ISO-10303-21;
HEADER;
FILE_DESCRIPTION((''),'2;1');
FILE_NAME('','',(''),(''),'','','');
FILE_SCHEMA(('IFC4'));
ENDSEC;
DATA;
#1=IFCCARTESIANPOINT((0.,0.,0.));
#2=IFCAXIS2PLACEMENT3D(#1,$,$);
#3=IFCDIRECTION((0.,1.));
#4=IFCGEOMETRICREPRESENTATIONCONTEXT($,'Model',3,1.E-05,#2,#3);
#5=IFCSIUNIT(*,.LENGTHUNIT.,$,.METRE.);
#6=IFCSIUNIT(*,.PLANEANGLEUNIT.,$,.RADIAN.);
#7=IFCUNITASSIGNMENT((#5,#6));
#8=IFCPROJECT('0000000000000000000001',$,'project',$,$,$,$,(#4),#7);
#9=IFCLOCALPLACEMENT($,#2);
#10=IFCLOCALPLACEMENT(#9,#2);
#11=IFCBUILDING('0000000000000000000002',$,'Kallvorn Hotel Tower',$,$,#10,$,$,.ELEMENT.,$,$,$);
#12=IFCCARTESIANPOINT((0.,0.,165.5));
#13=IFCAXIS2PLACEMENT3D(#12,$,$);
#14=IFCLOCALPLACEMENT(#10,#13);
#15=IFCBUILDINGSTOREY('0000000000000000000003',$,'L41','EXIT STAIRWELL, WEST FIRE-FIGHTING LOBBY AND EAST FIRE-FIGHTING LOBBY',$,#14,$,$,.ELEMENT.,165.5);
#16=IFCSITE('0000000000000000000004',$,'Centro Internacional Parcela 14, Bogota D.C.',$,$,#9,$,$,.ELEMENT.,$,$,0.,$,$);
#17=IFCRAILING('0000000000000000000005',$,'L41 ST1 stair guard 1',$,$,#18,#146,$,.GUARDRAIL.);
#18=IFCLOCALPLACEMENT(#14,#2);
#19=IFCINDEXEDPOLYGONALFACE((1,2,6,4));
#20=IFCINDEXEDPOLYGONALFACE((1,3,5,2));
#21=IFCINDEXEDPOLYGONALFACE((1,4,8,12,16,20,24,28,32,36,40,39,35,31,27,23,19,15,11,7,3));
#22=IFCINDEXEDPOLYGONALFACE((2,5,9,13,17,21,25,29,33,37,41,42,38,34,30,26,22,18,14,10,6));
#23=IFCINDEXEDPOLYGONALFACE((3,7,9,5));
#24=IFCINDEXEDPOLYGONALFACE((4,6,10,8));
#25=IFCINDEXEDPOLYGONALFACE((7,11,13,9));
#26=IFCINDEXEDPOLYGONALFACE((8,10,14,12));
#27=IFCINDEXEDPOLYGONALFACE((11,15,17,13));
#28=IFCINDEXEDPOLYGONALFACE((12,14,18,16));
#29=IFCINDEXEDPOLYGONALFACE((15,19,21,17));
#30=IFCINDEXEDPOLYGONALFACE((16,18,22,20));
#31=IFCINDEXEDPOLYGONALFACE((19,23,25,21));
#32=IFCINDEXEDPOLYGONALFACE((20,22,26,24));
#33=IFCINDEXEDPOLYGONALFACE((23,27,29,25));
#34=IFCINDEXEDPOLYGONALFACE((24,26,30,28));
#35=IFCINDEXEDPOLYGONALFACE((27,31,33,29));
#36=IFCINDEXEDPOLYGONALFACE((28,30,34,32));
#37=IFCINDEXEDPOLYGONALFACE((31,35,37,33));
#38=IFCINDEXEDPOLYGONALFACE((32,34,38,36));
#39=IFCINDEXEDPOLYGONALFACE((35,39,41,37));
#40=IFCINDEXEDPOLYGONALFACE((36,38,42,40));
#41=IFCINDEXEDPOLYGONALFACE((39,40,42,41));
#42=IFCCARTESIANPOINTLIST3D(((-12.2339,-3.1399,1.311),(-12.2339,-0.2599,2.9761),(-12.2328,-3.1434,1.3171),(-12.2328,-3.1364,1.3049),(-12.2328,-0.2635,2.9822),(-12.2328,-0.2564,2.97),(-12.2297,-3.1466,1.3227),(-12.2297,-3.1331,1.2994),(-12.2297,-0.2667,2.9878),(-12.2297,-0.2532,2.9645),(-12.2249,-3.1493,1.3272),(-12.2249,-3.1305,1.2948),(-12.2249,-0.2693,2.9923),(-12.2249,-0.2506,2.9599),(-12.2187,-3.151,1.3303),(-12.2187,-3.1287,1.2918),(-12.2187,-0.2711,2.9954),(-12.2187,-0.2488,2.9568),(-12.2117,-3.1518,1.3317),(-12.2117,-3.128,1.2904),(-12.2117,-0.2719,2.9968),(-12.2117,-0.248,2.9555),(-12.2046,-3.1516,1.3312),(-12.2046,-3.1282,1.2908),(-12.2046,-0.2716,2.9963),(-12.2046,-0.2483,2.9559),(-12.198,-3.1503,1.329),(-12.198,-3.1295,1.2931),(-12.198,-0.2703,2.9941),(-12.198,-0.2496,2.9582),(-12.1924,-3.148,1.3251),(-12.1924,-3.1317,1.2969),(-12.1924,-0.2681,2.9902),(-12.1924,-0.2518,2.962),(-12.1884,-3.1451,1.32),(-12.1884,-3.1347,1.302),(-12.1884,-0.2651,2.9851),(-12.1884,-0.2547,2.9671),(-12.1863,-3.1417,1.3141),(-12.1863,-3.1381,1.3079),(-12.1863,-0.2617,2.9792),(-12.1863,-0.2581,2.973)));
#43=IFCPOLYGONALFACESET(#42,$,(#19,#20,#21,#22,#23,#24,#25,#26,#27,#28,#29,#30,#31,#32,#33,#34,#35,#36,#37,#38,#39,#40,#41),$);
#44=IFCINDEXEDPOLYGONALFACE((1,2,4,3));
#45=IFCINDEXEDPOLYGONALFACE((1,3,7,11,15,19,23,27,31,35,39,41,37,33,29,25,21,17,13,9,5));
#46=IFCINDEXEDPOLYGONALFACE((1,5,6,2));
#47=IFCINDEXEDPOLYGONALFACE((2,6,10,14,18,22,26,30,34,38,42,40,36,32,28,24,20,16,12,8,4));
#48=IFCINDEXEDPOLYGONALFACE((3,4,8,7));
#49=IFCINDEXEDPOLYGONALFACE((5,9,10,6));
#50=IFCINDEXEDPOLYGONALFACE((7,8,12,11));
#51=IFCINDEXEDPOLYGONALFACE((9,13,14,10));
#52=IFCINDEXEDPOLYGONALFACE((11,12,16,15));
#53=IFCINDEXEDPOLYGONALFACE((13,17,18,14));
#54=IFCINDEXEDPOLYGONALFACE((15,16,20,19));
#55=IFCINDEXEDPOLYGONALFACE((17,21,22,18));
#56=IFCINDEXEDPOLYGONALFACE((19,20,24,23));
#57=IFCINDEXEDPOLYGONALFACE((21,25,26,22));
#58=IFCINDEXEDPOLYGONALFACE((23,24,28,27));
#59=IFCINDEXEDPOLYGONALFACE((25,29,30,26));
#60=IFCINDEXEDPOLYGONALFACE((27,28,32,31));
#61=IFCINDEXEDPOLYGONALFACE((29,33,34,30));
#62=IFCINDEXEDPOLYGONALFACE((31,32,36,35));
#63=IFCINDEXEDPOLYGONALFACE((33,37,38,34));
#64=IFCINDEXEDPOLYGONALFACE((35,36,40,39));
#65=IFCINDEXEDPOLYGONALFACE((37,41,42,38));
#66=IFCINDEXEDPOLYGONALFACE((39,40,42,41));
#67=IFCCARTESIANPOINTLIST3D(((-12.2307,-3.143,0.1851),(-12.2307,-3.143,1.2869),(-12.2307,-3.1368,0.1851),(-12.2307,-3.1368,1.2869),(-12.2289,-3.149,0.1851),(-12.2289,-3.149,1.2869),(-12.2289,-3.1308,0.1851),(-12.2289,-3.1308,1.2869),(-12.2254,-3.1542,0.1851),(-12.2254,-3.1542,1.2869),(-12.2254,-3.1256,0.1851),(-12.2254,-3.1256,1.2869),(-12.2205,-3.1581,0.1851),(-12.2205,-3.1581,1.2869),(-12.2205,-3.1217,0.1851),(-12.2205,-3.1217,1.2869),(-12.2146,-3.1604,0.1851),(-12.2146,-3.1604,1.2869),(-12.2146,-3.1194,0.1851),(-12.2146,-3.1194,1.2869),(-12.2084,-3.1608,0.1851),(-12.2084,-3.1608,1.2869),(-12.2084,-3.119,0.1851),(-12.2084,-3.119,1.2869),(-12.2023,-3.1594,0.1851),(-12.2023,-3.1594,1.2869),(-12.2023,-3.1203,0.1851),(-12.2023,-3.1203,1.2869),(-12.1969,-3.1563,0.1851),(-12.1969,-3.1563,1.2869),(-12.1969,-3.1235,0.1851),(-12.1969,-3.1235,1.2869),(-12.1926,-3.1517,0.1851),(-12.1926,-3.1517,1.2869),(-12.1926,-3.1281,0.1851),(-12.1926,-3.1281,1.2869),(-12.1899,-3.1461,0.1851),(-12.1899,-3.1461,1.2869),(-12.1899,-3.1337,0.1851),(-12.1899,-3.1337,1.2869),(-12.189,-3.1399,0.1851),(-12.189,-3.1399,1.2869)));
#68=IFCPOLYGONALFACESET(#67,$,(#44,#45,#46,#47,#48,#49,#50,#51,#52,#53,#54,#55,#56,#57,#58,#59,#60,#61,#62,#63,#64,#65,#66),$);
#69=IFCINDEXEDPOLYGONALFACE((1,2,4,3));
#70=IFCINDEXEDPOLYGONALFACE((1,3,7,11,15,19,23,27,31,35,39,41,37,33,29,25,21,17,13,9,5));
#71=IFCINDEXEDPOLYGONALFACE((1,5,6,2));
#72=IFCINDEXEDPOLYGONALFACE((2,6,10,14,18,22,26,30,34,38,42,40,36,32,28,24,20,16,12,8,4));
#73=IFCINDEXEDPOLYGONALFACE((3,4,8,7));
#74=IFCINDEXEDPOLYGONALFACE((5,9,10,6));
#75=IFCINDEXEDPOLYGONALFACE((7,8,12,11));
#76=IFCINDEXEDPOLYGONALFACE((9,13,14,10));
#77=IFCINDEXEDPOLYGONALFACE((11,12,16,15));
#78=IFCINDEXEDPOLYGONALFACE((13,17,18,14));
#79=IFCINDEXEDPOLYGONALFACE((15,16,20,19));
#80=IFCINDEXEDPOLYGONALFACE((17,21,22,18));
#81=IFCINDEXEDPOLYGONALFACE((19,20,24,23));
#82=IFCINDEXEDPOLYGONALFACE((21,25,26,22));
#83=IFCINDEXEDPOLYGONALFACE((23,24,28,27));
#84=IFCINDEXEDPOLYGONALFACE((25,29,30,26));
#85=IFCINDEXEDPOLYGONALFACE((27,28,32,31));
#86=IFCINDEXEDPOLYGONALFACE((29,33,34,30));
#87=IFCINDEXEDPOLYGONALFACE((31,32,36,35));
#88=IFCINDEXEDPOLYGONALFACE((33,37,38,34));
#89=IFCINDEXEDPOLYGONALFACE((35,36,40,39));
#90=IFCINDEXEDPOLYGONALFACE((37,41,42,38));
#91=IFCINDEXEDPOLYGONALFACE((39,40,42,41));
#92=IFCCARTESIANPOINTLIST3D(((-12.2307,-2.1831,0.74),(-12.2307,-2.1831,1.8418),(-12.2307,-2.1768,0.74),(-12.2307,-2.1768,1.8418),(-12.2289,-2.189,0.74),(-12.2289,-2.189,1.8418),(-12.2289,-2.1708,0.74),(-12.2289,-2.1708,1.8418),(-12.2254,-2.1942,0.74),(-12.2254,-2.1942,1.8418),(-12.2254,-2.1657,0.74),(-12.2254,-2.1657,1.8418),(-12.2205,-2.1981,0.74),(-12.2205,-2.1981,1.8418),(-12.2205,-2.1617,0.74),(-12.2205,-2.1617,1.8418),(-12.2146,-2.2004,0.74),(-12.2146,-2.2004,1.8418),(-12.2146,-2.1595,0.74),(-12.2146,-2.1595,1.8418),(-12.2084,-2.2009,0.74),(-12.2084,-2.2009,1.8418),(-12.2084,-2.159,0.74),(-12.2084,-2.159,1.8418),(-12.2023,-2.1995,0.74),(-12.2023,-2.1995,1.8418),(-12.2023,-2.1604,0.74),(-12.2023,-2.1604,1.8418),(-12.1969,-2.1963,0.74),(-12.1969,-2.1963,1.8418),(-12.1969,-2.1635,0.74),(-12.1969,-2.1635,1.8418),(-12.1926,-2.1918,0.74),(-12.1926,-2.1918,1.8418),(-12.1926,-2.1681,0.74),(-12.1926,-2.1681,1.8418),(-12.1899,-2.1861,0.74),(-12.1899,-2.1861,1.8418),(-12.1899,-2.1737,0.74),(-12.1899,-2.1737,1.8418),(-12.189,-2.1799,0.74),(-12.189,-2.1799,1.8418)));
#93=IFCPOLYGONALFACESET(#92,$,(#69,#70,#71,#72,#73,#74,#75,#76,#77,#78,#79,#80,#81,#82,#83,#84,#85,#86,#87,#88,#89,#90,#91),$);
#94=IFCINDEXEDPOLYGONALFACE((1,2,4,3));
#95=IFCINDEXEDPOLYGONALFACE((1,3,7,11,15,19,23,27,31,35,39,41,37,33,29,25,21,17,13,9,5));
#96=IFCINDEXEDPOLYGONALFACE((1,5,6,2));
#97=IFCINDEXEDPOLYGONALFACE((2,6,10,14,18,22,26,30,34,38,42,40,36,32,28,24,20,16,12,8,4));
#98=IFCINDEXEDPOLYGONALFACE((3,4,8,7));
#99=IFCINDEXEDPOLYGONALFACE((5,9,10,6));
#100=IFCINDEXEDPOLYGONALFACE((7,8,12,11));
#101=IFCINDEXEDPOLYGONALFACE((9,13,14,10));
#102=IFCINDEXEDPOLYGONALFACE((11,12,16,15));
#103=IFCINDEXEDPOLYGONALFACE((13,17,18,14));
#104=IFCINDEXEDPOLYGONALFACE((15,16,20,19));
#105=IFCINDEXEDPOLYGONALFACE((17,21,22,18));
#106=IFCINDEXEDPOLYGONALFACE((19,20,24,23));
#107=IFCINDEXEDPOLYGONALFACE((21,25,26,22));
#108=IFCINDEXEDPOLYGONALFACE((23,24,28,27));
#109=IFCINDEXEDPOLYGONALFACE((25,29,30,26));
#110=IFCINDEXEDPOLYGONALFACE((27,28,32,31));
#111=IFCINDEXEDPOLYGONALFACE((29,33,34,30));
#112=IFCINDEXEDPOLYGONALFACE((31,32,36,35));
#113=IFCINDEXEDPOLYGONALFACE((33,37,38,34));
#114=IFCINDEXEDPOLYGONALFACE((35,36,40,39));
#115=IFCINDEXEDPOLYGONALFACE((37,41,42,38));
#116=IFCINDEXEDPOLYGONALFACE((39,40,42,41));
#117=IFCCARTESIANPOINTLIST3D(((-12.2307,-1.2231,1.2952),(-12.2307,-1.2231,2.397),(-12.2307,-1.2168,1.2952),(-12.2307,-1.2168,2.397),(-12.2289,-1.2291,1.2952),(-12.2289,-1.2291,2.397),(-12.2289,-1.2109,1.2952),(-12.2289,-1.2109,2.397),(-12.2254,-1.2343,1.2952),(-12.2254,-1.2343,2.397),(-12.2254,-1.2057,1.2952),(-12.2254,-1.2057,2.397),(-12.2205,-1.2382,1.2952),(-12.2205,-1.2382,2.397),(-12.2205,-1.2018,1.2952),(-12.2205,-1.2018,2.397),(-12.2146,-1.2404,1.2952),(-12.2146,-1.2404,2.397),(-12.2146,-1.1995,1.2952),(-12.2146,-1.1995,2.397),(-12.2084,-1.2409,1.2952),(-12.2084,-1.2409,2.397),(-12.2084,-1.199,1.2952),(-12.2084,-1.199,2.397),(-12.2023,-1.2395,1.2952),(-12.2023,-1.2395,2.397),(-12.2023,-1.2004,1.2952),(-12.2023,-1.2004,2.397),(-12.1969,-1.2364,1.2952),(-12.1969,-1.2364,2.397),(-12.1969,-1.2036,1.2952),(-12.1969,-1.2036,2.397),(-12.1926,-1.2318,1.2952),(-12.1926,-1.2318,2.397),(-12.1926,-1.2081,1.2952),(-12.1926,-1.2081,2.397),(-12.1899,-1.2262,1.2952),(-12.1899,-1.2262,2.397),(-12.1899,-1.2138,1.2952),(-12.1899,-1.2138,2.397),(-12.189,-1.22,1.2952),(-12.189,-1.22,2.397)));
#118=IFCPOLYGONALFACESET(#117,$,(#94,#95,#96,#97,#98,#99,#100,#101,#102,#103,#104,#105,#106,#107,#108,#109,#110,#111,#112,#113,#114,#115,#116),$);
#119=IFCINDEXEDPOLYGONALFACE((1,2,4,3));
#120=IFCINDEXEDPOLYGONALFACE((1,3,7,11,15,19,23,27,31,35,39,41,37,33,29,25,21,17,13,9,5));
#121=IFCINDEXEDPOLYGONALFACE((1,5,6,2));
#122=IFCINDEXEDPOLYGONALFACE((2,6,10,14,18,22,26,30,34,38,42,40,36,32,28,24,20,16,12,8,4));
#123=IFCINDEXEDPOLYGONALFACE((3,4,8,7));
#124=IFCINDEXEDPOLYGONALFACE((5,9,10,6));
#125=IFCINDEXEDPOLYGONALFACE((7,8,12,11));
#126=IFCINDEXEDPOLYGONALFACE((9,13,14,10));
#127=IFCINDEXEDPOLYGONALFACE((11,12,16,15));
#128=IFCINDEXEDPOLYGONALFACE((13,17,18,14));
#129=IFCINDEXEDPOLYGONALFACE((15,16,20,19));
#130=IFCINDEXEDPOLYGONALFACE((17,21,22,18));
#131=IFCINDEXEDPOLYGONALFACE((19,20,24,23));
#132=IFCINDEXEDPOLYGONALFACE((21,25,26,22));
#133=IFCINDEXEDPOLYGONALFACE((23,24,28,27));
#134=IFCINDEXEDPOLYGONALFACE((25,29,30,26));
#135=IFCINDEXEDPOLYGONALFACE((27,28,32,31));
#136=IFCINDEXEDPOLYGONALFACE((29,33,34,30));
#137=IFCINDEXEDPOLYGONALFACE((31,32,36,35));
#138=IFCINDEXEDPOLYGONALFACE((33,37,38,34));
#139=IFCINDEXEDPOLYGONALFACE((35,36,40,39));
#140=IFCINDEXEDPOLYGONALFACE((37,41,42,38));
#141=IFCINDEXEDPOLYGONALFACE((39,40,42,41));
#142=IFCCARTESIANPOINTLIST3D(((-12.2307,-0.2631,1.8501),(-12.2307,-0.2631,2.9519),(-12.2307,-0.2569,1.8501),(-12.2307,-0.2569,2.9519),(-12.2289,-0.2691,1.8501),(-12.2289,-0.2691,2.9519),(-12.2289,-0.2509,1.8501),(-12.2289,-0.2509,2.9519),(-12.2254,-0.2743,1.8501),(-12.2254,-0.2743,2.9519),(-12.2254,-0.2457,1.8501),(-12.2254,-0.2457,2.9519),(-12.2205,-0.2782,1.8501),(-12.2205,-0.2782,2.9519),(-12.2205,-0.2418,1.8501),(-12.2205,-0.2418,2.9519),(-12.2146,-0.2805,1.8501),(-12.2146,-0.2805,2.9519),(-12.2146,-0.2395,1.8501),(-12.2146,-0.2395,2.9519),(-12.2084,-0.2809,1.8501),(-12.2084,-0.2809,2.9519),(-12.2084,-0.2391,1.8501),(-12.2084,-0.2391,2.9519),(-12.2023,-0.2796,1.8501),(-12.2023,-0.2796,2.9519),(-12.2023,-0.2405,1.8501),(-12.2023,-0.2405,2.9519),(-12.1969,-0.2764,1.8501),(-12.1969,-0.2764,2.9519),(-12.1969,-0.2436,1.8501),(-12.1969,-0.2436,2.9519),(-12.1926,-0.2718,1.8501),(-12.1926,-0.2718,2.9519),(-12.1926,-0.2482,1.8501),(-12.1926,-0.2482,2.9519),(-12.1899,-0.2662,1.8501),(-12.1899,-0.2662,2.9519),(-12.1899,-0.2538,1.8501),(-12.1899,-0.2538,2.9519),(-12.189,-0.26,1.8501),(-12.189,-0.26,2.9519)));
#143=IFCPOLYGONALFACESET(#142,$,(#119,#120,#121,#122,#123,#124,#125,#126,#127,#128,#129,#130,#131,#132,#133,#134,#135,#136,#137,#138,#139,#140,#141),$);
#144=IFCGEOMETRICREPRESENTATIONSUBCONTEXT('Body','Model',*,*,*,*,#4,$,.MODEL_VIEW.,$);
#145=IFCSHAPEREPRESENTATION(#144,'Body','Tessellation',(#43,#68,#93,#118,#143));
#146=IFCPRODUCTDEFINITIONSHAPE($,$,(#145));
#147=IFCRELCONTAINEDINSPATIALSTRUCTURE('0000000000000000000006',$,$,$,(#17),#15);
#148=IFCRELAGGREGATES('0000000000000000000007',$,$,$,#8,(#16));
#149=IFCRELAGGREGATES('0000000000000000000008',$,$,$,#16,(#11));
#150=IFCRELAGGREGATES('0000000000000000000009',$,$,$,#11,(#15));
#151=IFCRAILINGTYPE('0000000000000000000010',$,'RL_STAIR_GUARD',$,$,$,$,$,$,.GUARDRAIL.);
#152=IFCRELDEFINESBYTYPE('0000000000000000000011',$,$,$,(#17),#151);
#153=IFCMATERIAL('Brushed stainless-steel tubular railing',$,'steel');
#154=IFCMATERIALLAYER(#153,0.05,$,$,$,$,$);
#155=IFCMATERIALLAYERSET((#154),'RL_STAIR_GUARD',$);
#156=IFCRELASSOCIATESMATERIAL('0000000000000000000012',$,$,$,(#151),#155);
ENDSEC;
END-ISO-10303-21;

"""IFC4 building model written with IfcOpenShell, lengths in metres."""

from ifc_helpers import new_model, si_unit, direction, frame, origin, origin_2d, place, context, subcontext, project, spatial, circle, extrude, material, layer, layer_set, type_object, element, save


model = new_model("IFC4")

# Units and contexts
model_context = context("Model", 3, precision=1e-05, world=origin(), true_north=direction((0.0, 1.0)))
body_context = subcontext(model_context, "Body", "Model", "MODEL_VIEW")
ifc_project = project(units=[si_unit("LENGTHUNIT", "METRE"), si_unit("PLANEANGLEUNIT", "RADIAN")], contexts=[model_context])

# Site, building, storey
site_placement = place(None, origin())
site = spatial("IfcSite", under=ifc_project, at=site_placement, Name="Centro Internacional Parcela 14, Bogota D.C.", CompositionType="ELEMENT", RefElevation=0.0)
building_placement = place(site_placement, origin())
building = spatial("IfcBuilding", under=site, at=building_placement, Name="Kallvorn Hotel Tower", CompositionType="ELEMENT")
storey_placement = place(building_placement, frame((0.0, 0.0, 165.5)))
storey = spatial("IfcBuildingStorey", under=building, at=storey_placement, Name="L41", Description="EXIT STAIRWELL, WEST FIRE-FIGHTING LOBBY AND EAST FIRE-FIGHTING LOBBY", CompositionType="ELEMENT", Elevation=165.5)

# Railing
ifc_material_1 = material(Name="Brushed stainless-steel tubular railing", Category="steel")
ifc_layer_1 = layer(ifc_material_1, 0.05)
ifc_layer_set_1 = layer_set([ifc_layer_1], Name="RL_STAIR_GUARD")
railing_type = type_object("IfcRailingType", Name="RL_STAIR_GUARD", PredefinedType="GUARDRAIL", material=ifc_layer_set_1)
railing_placement = place(storey_placement, frame((-12.21, -3.1399, 0.1851)))
element("IfcRailing", 1, at=railing_placement, inside=storey, type_object=railing_type, Name="L41 ST1 stair guard 1", PredefinedType="GUARDRAIL", context=body_context, shape_type="SweptSolid", body=[
    extrude(circle(Radius=0.0239, at=origin_2d()), frame((0.0, 0.0, 1.126), z_axis=(0.0, 0.865721, 0.500527), x_axis=(-1.0, 0.0, 0.0)), (0.0, 0.0, 1.0), 3.3267),
    extrude(circle(Radius=0.021, at=origin_2d()), origin(), (0.0, 0.0, 1.0), 1.1018),
    extrude(circle(Radius=0.021, at=origin_2d()), frame((0.0, 0.96, 0.5549)), (0.0, 0.0, 1.0), 1.1018),
    extrude(circle(Radius=0.021, at=origin_2d()), frame((0.0, 1.9199, 1.1101)), (0.0, 0.0, 1.0), 1.1018),
    extrude(circle(Radius=0.021, at=origin_2d()), frame((0.0, 2.8799, 1.665)), (0.0, 0.0, 1.0), 1.1018),
])

save(model, "model.ifc")
